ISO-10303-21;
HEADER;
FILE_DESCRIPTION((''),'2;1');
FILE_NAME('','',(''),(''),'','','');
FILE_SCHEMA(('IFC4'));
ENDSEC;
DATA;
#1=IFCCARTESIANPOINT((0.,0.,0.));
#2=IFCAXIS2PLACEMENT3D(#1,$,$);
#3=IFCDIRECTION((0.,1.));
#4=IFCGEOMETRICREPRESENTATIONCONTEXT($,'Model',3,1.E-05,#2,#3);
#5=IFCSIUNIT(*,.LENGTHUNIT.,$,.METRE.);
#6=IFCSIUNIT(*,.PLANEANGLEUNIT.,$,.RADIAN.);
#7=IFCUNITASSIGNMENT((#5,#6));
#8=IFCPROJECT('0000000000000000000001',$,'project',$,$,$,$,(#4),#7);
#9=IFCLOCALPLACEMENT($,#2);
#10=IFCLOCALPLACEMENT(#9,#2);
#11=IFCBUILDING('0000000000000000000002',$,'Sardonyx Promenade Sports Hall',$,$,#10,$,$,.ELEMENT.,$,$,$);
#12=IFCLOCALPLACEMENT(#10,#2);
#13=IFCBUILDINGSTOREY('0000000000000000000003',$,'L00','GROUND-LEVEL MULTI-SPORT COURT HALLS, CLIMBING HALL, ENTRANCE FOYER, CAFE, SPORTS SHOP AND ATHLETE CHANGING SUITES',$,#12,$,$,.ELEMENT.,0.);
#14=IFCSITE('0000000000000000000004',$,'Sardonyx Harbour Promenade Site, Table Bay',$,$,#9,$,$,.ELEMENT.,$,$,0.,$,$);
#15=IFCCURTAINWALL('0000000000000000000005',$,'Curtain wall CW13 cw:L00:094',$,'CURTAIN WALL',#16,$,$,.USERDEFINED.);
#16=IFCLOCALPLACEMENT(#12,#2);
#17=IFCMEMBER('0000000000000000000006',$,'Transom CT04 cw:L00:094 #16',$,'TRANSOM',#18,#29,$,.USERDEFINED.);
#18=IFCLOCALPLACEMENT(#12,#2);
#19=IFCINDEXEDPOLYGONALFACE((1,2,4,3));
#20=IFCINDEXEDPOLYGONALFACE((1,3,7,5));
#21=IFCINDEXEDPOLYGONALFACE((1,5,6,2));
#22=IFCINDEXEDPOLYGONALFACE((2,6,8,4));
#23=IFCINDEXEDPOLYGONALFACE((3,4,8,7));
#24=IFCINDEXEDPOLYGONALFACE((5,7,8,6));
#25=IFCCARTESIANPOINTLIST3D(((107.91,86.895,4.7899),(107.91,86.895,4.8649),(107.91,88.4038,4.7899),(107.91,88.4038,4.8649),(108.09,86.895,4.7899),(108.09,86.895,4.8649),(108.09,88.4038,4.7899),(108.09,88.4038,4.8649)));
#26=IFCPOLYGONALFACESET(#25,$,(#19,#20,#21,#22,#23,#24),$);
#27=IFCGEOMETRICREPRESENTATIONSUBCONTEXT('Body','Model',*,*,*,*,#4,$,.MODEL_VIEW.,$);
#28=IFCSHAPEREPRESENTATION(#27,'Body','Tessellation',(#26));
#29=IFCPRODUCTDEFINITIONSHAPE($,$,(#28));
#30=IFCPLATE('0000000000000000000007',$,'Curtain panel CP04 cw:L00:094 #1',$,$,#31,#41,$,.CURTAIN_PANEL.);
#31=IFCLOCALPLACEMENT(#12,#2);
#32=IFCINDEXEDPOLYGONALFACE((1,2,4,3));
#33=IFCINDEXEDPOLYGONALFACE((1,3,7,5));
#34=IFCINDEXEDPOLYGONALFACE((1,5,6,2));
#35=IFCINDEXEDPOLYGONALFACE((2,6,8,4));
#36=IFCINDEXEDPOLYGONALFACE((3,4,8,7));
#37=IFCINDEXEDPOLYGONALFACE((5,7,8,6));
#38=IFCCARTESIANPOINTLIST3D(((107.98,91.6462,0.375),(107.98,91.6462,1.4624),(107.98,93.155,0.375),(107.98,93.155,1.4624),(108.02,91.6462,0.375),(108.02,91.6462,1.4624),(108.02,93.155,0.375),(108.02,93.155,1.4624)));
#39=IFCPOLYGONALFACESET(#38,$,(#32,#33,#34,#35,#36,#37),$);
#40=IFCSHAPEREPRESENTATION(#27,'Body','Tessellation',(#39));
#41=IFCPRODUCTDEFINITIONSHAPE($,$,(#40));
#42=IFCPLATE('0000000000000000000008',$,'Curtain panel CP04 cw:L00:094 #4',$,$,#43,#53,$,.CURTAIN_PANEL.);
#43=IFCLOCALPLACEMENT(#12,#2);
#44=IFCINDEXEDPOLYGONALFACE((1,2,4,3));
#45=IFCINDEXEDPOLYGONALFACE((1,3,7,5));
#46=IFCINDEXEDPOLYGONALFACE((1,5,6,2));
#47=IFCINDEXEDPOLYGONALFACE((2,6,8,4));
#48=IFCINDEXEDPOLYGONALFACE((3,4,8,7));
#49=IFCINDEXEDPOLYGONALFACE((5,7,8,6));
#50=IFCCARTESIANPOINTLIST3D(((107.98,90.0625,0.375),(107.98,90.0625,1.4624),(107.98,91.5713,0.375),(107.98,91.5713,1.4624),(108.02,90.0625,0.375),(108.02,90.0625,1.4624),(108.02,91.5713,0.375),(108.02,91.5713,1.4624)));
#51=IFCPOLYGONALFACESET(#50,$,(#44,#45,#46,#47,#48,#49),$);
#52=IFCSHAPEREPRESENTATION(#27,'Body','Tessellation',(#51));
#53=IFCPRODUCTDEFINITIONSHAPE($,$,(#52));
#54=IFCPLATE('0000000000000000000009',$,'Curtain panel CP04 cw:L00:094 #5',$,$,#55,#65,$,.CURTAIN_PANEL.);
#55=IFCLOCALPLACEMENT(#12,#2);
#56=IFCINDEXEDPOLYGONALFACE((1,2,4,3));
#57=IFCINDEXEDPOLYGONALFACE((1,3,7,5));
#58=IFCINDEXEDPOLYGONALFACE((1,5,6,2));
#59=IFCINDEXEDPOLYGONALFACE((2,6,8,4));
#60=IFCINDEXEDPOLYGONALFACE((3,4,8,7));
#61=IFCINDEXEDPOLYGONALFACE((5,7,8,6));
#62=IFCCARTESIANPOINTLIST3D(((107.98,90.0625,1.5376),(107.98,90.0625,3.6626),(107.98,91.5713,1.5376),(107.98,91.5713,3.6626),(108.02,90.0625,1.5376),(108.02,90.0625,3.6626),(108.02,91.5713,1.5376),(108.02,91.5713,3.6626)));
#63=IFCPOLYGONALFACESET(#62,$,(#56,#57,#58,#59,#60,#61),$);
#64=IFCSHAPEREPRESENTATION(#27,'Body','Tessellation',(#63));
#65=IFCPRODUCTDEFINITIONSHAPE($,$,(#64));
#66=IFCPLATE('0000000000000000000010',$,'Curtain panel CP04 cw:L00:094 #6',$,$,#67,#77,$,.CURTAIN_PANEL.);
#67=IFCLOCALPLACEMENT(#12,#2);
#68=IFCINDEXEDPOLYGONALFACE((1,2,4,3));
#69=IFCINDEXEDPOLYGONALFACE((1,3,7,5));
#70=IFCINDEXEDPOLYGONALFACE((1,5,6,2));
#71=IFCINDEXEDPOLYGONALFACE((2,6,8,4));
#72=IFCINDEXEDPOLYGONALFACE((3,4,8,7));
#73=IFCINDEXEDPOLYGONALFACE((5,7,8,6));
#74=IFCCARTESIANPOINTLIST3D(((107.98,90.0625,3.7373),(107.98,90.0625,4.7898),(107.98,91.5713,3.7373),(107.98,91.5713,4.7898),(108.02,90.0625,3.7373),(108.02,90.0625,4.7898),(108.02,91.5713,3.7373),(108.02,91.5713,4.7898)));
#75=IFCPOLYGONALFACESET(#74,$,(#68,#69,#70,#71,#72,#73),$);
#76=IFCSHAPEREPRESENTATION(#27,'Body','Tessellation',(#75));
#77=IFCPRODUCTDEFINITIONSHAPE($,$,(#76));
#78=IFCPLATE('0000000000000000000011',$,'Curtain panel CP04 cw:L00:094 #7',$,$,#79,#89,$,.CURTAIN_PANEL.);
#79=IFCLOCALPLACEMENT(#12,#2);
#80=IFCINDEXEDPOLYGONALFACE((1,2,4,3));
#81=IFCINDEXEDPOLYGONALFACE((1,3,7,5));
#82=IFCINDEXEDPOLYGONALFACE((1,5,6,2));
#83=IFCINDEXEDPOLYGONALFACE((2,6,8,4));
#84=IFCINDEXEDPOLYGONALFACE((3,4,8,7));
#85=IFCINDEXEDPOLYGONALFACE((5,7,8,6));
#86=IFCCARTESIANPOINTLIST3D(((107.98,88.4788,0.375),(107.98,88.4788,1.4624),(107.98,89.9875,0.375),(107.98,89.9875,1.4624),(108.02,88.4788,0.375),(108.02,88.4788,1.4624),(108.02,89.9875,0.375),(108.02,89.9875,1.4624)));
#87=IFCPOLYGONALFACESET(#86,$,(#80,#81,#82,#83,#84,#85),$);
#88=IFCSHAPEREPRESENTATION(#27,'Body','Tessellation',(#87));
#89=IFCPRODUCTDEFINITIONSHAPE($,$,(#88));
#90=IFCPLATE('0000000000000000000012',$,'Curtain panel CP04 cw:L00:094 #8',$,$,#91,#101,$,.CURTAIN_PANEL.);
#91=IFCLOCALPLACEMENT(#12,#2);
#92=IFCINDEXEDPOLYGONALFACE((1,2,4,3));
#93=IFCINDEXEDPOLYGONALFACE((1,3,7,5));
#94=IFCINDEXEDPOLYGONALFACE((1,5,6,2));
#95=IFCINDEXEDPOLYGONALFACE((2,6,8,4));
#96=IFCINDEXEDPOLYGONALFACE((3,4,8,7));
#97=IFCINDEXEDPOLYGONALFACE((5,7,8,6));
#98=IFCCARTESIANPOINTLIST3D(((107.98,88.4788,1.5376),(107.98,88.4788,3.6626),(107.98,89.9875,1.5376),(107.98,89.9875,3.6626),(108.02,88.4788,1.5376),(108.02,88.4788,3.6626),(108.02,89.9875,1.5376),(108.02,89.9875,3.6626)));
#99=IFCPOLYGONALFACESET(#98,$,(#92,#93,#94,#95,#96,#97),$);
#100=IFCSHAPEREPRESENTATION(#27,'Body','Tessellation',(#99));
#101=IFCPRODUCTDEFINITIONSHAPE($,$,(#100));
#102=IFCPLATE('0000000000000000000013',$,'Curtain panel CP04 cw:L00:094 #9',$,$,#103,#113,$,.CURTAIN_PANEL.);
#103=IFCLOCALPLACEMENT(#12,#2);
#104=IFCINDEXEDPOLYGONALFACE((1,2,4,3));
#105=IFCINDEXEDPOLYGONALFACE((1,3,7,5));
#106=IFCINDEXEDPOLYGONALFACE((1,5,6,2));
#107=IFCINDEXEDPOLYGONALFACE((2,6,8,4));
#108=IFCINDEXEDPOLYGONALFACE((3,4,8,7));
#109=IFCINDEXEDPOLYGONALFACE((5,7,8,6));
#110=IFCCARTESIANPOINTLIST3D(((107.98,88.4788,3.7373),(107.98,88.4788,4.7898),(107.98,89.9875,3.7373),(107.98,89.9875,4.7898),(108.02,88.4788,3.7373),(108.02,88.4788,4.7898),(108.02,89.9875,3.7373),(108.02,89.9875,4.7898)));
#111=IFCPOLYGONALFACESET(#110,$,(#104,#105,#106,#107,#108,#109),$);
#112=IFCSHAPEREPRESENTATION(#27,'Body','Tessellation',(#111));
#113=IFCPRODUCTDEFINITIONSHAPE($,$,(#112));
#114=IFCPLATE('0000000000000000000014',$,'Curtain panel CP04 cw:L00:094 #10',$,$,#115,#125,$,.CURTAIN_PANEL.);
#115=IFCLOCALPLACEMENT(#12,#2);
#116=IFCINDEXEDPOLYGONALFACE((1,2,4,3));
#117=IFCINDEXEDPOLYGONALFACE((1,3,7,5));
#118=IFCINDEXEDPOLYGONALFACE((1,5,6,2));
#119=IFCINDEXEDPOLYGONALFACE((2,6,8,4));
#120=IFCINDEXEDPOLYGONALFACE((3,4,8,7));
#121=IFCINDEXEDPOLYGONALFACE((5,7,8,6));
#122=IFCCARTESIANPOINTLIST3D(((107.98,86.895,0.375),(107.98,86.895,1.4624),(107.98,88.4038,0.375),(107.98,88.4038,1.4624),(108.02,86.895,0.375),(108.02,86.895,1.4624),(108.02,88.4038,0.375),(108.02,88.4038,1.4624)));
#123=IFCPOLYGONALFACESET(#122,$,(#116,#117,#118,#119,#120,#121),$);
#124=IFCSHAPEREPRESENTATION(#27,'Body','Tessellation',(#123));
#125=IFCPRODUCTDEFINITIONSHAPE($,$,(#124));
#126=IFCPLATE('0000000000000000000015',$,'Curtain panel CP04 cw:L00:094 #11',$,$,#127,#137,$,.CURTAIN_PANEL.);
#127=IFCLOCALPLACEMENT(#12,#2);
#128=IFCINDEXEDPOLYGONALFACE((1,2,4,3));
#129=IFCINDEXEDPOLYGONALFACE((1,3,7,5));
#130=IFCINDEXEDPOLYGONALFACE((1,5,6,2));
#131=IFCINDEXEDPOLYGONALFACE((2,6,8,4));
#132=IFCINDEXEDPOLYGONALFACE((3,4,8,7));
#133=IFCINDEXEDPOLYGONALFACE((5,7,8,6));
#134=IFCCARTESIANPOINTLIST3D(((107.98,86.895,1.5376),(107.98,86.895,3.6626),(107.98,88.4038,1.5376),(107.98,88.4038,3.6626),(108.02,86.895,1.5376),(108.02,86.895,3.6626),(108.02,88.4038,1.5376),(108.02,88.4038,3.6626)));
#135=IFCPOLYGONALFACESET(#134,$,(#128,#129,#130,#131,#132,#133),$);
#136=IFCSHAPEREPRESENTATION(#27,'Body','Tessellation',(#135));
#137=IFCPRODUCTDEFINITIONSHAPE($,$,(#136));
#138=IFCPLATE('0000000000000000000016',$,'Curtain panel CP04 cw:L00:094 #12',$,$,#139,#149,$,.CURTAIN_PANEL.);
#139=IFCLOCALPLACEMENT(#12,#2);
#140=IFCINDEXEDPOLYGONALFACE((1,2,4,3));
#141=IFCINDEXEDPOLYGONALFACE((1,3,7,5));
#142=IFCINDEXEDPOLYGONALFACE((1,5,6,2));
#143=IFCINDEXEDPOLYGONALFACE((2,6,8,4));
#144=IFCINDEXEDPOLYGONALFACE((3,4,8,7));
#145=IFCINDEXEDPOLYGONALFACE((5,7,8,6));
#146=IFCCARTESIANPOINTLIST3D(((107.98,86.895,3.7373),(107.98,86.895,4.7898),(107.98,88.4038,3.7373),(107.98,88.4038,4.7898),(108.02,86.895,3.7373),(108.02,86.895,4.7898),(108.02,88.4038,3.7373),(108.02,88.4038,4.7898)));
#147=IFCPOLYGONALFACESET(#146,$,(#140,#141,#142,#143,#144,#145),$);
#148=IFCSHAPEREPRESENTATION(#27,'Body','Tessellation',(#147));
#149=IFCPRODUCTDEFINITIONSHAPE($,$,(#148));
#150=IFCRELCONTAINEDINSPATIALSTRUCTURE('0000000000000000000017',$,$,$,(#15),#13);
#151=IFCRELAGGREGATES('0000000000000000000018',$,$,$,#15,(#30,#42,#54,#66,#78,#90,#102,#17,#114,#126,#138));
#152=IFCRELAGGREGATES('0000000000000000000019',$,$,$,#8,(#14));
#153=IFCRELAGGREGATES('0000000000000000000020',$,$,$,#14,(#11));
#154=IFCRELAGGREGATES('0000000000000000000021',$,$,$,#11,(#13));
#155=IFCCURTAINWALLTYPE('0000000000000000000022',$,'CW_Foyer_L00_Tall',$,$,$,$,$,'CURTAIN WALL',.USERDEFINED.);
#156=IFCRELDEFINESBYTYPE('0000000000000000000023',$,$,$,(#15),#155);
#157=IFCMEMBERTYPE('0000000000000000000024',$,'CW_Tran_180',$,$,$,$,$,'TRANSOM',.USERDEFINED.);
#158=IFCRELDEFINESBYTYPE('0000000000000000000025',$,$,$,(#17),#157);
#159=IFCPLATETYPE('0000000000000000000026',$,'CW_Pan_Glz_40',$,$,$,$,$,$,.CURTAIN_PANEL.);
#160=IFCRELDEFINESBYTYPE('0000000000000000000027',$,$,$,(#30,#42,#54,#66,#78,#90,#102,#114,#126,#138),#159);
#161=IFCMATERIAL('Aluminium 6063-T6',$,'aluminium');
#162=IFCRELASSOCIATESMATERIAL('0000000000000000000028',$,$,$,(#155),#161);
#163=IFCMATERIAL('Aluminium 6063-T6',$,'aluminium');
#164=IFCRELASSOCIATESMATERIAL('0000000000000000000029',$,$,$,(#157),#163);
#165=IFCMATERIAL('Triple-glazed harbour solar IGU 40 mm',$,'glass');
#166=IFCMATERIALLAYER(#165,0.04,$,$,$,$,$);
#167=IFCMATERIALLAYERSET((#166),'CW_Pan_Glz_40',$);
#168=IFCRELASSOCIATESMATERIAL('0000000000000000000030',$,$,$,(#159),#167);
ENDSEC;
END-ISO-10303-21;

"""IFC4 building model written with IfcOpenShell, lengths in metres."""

from ifc_helpers import new_model, si_unit, direction, frame, origin, origin_2d, place, context, subcontext, project, spatial, rectangle, extrude, material, layer, layer_set, material_profile, profile_set, type_object, element, aggregate, save


model = new_model("IFC4")

# Units and contexts
model_context = context("Model", 3, precision=1e-05, world=origin(), true_north=direction((0.0, 1.0)))
body_context = subcontext(model_context, "Body", "Model", "MODEL_VIEW")
ifc_project = project(units=[si_unit("LENGTHUNIT", "METRE"), si_unit("PLANEANGLEUNIT", "RADIAN")], contexts=[model_context])

# Site, building, storey
site_placement = place(None, origin())
site = spatial("IfcSite", under=ifc_project, at=site_placement, Name="Sardonyx Harbour Promenade Site, Table Bay", CompositionType="ELEMENT", RefElevation=0.0)
building_placement = place(site_placement, origin())
building = spatial("IfcBuilding", under=site, at=building_placement, Name="Sardonyx Promenade Sports Hall", CompositionType="ELEMENT")
storey_placement = place(building_placement, origin())
storey = spatial("IfcBuildingStorey", under=building, at=storey_placement, Name="L00", Description="GROUND-LEVEL MULTI-SPORT COURT HALLS, CLIMBING HALL, ENTRANCE FOYER, CAFE, SPORTS SHOP AND ATHLETE CHANGING SUITES", CompositionType="ELEMENT", Elevation=0.0)

# Curtain wall, member, plates
ifc_material_1 = material(Name="Aluminium 6063-T6", Category="aluminium")
curtain_wall_type = type_object("IfcCurtainWallType", Name="CW_Foyer_L00_Tall", ElementType="CURTAIN WALL", PredefinedType="USERDEFINED", material=ifc_material_1)
curtain_wall_placement = place(storey_placement, origin())
curtain_wall = element("IfcCurtainWall", 1, at=curtain_wall_placement, inside=storey, type_object=curtain_wall_type, Name="Curtain wall CW13 cw:L00:094", ObjectType="CURTAIN WALL", PredefinedType="USERDEFINED")
ifc_material_2 = material(Name="Aluminium 6063-T6", Category="aluminium")
ifc_material_profile_1 = material_profile(ifc_material_2, rectangle(XDim=0.075, YDim=0.1799, at=origin_2d()))
ifc_profile_set_1 = profile_set([ifc_material_profile_1], Name="Aluminium 6063-T6")
member_type_1 = type_object("IfcMemberType", Name="CW_Tran_180", ElementType="TRANSOM", PredefinedType="USERDEFINED", material=ifc_profile_set_1)
member_1_placement = place(storey_placement, frame((108.0, 88.4038, 4.8274), z_axis=(0.0, -1.0, 0.0), x_axis=(0.0, 0.0, 1.0)))
member_1 = element("IfcMember", 2, at=member_1_placement, type_object=member_type_1, Name="Transom CT04 cw:L00:094 #16", ObjectType="TRANSOM", PredefinedType="USERDEFINED", context=body_context, shape_type="SweptSolid", body=[
    extrude(rectangle(XDim=0.075, YDim=0.1799, at=origin_2d()), origin(), (0.0, 0.0, 1.0), 1.5088),
])
ifc_material_3 = material(Name="Triple-glazed harbour solar IGU 40 mm", Category="glass")
ifc_layer = layer(ifc_material_3, 0.04)
ifc_layer_set = layer_set([ifc_layer], Name="CW_Pan_Glz_40")
plate_type = type_object("IfcPlateType", Name="CW_Pan_Glz_40", PredefinedType="CURTAIN_PANEL", material=ifc_layer_set)
plate_1_placement = place(storey_placement, frame((108.0, 92.4006, 0.375), z_axis=(0.0, 0.0, 1.0), x_axis=(0.0, -1.0, 0.0)))
plate_1 = element("IfcPlate", 3, at=plate_1_placement, type_object=plate_type, Name="Curtain panel CP04 cw:L00:094 #1", PredefinedType="CURTAIN_PANEL", context=body_context, shape_type="SweptSolid", body=[
    extrude(rectangle(XDim=1.5088, YDim=0.04, at=origin_2d()), origin(), (0.0, 0.0, 1.0), 1.0874),
])
plate_2_placement = place(storey_placement, frame((108.0, 90.8169, 0.375), z_axis=(0.0, 0.0, 1.0), x_axis=(0.0, -1.0, 0.0)))
plate_2 = element("IfcPlate", 4, at=plate_2_placement, type_object=plate_type, Name="Curtain panel CP04 cw:L00:094 #4", PredefinedType="CURTAIN_PANEL", context=body_context, shape_type="SweptSolid", body=[
    extrude(rectangle(XDim=1.5088, YDim=0.04, at=origin_2d()), origin(), (0.0, 0.0, 1.0), 1.0874),
])
plate_3_placement = place(storey_placement, frame((108.0, 90.8169, 1.5376), z_axis=(0.0, 0.0, 1.0), x_axis=(0.0, -1.0, 0.0)))
plate_3 = element("IfcPlate", 5, at=plate_3_placement, type_object=plate_type, Name="Curtain panel CP04 cw:L00:094 #5", PredefinedType="CURTAIN_PANEL", context=body_context, shape_type="SweptSolid", body=[
    extrude(rectangle(XDim=1.5088, YDim=0.04, at=origin_2d()), origin(), (0.0, 0.0, 1.0), 2.125),
])
plate_4_placement = place(storey_placement, frame((108.0, 90.8169, 3.7373), z_axis=(0.0, 0.0, 1.0), x_axis=(0.0, -1.0, 0.0)))
plate_4 = element("IfcPlate", 6, at=plate_4_placement, type_object=plate_type, Name="Curtain panel CP04 cw:L00:094 #6", PredefinedType="CURTAIN_PANEL", context=body_context, shape_type="SweptSolid", body=[
    extrude(rectangle(XDim=1.5088, YDim=0.04, at=origin_2d()), origin(), (0.0, 0.0, 1.0), 1.0525),
])
plate_5_placement = place(storey_placement, frame((108.0, 89.2332, 0.375), z_axis=(0.0, 0.0, 1.0), x_axis=(0.0, -1.0, 0.0)))
plate_5 = element("IfcPlate", 7, at=plate_5_placement, type_object=plate_type, Name="Curtain panel CP04 cw:L00:094 #7", PredefinedType="CURTAIN_PANEL", context=body_context, shape_type="SweptSolid", body=[
    extrude(rectangle(XDim=1.5088, YDim=0.04, at=origin_2d()), origin(), (0.0, 0.0, 1.0), 1.0874),
])
plate_6_placement = place(storey_placement, frame((108.0, 89.2332, 1.5376), z_axis=(0.0, 0.0, 1.0), x_axis=(0.0, -1.0, 0.0)))
plate_6 = element("IfcPlate", 8, at=plate_6_placement, type_object=plate_type, Name="Curtain panel CP04 cw:L00:094 #8", PredefinedType="CURTAIN_PANEL", context=body_context, shape_type="SweptSolid", body=[
    extrude(rectangle(XDim=1.5088, YDim=0.04, at=origin_2d()), origin(), (0.0, 0.0, 1.0), 2.125),
])
plate_7_placement = place(storey_placement, frame((108.0, 89.2332, 3.7373), z_axis=(0.0, 0.0, 1.0), x_axis=(0.0, -1.0, 0.0)))
plate_7 = element("IfcPlate", 9, at=plate_7_placement, type_object=plate_type, Name="Curtain panel CP04 cw:L00:094 #9", PredefinedType="CURTAIN_PANEL", context=body_context, shape_type="SweptSolid", body=[
    extrude(rectangle(XDim=1.5088, YDim=0.04, at=origin_2d()), origin(), (0.0, 0.0, 1.0), 1.0525),
])
plate_8_placement = place(storey_placement, frame((108.0, 87.6494, 0.375), z_axis=(0.0, 0.0, 1.0), x_axis=(0.0, -1.0, 0.0)))
plate_8 = element("IfcPlate", 10, at=plate_8_placement, type_object=plate_type, Name="Curtain panel CP04 cw:L00:094 #10", PredefinedType="CURTAIN_PANEL", context=body_context, shape_type="SweptSolid", body=[
    extrude(rectangle(XDim=1.5088, YDim=0.04, at=origin_2d()), origin(), (0.0, 0.0, 1.0), 1.0874),
])
plate_9_placement = place(storey_placement, frame((108.0, 87.6494, 1.5376), z_axis=(0.0, 0.0, 1.0), x_axis=(0.0, -1.0, 0.0)))
plate_9 = element("IfcPlate", 11, at=plate_9_placement, type_object=plate_type, Name="Curtain panel CP04 cw:L00:094 #11", PredefinedType="CURTAIN_PANEL", context=body_context, shape_type="SweptSolid", body=[
    extrude(rectangle(XDim=1.5088, YDim=0.04, at=origin_2d()), origin(), (0.0, 0.0, 1.0), 2.125),
])
plate_10_placement = place(storey_placement, frame((108.0, 87.6494, 3.7373), z_axis=(0.0, 0.0, 1.0), x_axis=(0.0, -1.0, 0.0)))
plate_10 = element("IfcPlate", 12, at=plate_10_placement, type_object=plate_type, Name="Curtain panel CP04 cw:L00:094 #12", PredefinedType="CURTAIN_PANEL", context=body_context, shape_type="SweptSolid", body=[
    extrude(rectangle(XDim=1.5088, YDim=0.04, at=origin_2d()), origin(), (0.0, 0.0, 1.0), 1.0525),
])
aggregate(curtain_wall, [plate_1, plate_2, plate_3, plate_4, plate_5, plate_6, plate_7, member_1, plate_8, plate_9, plate_10])

save(model, "model.ifc")
